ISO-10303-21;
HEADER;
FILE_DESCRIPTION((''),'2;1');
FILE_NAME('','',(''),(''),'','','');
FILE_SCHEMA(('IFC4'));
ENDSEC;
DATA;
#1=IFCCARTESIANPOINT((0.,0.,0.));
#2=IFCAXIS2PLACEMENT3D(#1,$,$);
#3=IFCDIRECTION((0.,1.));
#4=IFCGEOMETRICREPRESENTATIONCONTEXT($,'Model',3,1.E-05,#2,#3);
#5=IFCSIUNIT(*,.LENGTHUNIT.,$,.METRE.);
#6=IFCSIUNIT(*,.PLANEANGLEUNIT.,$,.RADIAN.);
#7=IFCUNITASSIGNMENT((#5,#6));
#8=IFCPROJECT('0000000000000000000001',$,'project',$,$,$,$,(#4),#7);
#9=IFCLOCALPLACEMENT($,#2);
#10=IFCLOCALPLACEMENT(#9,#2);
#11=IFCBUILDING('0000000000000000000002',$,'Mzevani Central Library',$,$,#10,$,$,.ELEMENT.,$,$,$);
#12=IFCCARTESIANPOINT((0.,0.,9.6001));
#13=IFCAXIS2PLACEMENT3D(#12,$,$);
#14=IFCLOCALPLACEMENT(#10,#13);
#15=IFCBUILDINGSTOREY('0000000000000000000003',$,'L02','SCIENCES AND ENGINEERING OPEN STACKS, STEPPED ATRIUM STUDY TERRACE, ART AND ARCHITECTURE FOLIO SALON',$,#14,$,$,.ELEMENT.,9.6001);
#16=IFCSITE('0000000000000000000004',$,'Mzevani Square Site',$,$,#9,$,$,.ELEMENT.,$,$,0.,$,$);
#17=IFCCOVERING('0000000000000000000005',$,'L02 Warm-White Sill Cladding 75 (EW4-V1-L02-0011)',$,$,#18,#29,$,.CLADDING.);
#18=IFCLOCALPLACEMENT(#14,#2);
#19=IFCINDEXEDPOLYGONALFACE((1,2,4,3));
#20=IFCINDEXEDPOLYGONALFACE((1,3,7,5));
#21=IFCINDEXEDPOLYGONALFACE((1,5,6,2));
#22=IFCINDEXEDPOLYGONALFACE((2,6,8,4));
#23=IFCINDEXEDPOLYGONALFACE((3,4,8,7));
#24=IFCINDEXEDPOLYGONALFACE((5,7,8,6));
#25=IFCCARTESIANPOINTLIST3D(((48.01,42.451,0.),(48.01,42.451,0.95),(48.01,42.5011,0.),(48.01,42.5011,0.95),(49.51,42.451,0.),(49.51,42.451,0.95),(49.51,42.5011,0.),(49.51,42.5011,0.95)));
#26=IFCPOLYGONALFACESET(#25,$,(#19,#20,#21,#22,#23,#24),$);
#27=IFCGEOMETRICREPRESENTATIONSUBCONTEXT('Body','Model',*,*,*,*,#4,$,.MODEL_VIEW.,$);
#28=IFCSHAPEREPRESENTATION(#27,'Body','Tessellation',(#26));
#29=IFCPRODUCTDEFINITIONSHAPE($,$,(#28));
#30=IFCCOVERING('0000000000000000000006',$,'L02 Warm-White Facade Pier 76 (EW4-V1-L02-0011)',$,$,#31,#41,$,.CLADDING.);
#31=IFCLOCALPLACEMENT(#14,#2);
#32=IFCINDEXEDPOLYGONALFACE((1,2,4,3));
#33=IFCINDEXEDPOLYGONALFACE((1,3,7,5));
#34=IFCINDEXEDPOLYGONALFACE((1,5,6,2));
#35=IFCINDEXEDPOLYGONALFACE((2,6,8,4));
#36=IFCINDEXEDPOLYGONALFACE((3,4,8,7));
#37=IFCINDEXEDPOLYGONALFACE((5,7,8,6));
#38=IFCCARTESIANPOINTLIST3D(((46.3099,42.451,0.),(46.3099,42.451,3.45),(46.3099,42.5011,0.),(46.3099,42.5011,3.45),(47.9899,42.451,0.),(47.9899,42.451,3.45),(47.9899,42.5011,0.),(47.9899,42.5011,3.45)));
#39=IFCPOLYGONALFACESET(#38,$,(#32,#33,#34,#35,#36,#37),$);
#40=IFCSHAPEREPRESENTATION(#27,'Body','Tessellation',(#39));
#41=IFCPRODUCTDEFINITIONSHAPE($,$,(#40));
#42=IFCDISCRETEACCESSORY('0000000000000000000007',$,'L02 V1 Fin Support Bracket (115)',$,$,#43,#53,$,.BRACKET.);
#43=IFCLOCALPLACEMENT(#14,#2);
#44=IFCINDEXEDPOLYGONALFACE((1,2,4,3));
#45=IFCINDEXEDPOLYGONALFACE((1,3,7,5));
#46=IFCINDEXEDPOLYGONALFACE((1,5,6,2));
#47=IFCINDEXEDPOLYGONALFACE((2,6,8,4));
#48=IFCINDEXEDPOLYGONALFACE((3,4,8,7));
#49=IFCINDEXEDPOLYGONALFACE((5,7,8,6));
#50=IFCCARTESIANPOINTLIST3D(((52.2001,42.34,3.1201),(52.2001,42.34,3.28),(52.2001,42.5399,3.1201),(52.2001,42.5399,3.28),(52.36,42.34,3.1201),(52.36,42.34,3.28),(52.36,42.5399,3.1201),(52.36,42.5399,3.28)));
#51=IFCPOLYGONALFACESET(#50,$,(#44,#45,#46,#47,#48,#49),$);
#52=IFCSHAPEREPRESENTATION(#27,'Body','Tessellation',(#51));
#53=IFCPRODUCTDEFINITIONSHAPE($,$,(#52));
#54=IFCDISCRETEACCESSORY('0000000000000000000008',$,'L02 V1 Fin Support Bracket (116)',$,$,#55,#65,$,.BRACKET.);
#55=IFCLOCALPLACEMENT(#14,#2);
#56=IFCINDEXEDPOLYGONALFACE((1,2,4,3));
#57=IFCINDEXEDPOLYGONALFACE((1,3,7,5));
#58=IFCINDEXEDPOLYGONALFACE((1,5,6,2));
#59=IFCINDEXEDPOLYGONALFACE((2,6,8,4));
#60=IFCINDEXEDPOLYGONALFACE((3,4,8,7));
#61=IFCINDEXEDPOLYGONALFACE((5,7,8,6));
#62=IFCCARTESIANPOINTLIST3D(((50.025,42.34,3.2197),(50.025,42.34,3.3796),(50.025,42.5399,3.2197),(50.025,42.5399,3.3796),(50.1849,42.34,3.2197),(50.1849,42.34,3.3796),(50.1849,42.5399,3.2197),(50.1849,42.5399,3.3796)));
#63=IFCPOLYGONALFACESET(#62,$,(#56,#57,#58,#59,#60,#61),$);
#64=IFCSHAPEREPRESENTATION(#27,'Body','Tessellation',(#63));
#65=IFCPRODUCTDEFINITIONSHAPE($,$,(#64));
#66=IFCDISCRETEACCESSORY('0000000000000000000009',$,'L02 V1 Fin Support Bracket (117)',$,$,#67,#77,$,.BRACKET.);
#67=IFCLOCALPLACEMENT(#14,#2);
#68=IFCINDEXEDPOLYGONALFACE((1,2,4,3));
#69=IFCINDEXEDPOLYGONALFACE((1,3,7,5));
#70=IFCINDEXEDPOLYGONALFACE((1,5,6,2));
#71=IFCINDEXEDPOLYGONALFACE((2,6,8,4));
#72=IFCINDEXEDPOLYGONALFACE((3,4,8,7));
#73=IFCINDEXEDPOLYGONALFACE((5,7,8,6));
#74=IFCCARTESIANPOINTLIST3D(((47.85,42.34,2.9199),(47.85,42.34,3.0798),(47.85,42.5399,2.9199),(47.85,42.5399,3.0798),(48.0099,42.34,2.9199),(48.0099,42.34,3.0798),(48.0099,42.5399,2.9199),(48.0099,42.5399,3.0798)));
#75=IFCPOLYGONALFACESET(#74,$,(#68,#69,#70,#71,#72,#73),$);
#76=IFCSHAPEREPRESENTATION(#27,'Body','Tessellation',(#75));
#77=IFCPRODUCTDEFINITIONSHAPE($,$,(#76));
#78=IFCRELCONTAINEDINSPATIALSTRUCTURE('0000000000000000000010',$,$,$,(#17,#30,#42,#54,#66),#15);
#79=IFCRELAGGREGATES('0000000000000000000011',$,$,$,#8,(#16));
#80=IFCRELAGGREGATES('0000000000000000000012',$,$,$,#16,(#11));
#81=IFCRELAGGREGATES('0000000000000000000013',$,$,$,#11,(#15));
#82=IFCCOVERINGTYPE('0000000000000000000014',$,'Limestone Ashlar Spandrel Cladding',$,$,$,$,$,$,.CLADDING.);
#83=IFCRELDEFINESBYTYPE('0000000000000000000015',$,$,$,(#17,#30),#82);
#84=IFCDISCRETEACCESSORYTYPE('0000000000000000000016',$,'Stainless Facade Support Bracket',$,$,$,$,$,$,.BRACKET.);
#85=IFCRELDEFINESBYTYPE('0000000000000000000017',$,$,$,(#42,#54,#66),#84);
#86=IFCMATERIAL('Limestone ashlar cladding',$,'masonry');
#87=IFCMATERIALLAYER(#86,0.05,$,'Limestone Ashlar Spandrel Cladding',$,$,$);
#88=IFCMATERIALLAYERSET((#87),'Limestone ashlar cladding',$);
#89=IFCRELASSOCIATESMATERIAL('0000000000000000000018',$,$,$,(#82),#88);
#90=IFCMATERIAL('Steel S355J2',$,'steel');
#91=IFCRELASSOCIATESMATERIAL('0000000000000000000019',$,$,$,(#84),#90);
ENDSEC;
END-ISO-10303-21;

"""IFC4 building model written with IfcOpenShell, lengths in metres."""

from ifc_helpers import new_model, si_unit, direction, frame, origin, origin_2d, place, context, subcontext, project, spatial, rectangle, extrude, material, layer, layer_set, type_object, element, save


model = new_model("IFC4")

# Units and contexts
model_context = context("Model", 3, precision=1e-05, world=origin(), true_north=direction((0.0, 1.0)))
body_context = subcontext(model_context, "Body", "Model", "MODEL_VIEW")
ifc_project = project(units=[si_unit("LENGTHUNIT", "METRE"), si_unit("PLANEANGLEUNIT", "RADIAN")], contexts=[model_context])

# Site, building, storey
site_placement = place(None, origin())
site = spatial("IfcSite", under=ifc_project, at=site_placement, Name="Mzevani Square Site", CompositionType="ELEMENT", RefElevation=0.0)
building_placement = place(site_placement, origin())
building = spatial("IfcBuilding", under=site, at=building_placement, Name="Mzevani Central Library", CompositionType="ELEMENT")
storey_placement = place(building_placement, frame((0.0, 0.0, 9.6001)))
storey = spatial("IfcBuildingStorey", under=building, at=storey_placement, Name="L02", Description="SCIENCES AND ENGINEERING OPEN STACKS, STEPPED ATRIUM STUDY TERRACE, ART AND ARCHITECTURE FOLIO SALON", CompositionType="ELEMENT", Elevation=9.6001)

# Coverings
ifc_material_1 = material(Name="Limestone ashlar cladding", Category="masonry")
ifc_layer_1 = layer(ifc_material_1, 0.05, Name="Limestone Ashlar Spandrel Cladding")
ifc_layer_set_1 = layer_set([ifc_layer_1], Name="Limestone ashlar cladding")
covering_type = type_object("IfcCoveringType", Name="Limestone Ashlar Spandrel Cladding", PredefinedType="CLADDING", material=ifc_layer_set_1)
covering_1_placement = place(storey_placement, frame((48.76, 42.4761, 0.0), z_axis=(0.0, 0.0, 1.0), x_axis=(-1.0, 0.0, 0.0)))
element("IfcCovering", 1, at=covering_1_placement, inside=storey, type_object=covering_type, Name="L02 Warm-White Sill Cladding 75 (EW4-V1-L02-0011)", PredefinedType="CLADDING", context=body_context, shape_type="SweptSolid", body=[
    extrude(rectangle(XDim=1.5, YDim=0.05, at=origin_2d()), origin(), (0.0, 0.0, 1.0), 0.95),
])
covering_2_placement = place(storey_placement, frame((47.1499, 42.4761, 0.0), z_axis=(0.0, 0.0, 1.0), x_axis=(-1.0, 0.0, 0.0)))
element("IfcCovering", 2, at=covering_2_placement, inside=storey, type_object=covering_type, Name="L02 Warm-White Facade Pier 76 (EW4-V1-L02-0011)", PredefinedType="CLADDING", context=body_context, shape_type="SweptSolid", body=[
    extrude(rectangle(XDim=1.6799, YDim=0.05, at=origin_2d()), origin(), (0.0, 0.0, 1.0), 3.45),
])

# Discrete accessories
ifc_material_2 = material(Name="Steel S355J2", Category="steel")
discrete_accessory_type = type_object("IfcDiscreteAccessoryType", Name="Stainless Facade Support Bracket", PredefinedType="BRACKET", material=ifc_material_2)
for number, where, z_axis, x_axis, name in (
    (3, (52.28, 42.4399, 3.1201), (0.0, 0.0, 1.0), (-1.0, 0.0, 0.0), "L02 V1 Fin Support Bracket (115)"),
    (4, (50.105, 42.4399, 3.2197), (0.0, 0.0, 1.0), (-1.0, 0.0, 0.0), "L02 V1 Fin Support Bracket (116)"),
    (5, (47.9299, 42.4399, 2.9199), (0.0, 0.0, 1.0), (-1.0, 0.0, 0.0), "L02 V1 Fin Support Bracket (117)"),
):
    element("IfcDiscreteAccessory", number, at=place(storey_placement, frame(where, z_axis=z_axis, x_axis=x_axis)), inside=storey, type_object=discrete_accessory_type, Name=name, PredefinedType="BRACKET", context=body_context, shape_type="SweptSolid", body=[
        extrude(rectangle(XDim=0.1599, YDim=0.2, at=origin_2d()), origin(), (0.0, 0.0, 1.0), 0.1599),
    ])

save(model, "model.ifc")
